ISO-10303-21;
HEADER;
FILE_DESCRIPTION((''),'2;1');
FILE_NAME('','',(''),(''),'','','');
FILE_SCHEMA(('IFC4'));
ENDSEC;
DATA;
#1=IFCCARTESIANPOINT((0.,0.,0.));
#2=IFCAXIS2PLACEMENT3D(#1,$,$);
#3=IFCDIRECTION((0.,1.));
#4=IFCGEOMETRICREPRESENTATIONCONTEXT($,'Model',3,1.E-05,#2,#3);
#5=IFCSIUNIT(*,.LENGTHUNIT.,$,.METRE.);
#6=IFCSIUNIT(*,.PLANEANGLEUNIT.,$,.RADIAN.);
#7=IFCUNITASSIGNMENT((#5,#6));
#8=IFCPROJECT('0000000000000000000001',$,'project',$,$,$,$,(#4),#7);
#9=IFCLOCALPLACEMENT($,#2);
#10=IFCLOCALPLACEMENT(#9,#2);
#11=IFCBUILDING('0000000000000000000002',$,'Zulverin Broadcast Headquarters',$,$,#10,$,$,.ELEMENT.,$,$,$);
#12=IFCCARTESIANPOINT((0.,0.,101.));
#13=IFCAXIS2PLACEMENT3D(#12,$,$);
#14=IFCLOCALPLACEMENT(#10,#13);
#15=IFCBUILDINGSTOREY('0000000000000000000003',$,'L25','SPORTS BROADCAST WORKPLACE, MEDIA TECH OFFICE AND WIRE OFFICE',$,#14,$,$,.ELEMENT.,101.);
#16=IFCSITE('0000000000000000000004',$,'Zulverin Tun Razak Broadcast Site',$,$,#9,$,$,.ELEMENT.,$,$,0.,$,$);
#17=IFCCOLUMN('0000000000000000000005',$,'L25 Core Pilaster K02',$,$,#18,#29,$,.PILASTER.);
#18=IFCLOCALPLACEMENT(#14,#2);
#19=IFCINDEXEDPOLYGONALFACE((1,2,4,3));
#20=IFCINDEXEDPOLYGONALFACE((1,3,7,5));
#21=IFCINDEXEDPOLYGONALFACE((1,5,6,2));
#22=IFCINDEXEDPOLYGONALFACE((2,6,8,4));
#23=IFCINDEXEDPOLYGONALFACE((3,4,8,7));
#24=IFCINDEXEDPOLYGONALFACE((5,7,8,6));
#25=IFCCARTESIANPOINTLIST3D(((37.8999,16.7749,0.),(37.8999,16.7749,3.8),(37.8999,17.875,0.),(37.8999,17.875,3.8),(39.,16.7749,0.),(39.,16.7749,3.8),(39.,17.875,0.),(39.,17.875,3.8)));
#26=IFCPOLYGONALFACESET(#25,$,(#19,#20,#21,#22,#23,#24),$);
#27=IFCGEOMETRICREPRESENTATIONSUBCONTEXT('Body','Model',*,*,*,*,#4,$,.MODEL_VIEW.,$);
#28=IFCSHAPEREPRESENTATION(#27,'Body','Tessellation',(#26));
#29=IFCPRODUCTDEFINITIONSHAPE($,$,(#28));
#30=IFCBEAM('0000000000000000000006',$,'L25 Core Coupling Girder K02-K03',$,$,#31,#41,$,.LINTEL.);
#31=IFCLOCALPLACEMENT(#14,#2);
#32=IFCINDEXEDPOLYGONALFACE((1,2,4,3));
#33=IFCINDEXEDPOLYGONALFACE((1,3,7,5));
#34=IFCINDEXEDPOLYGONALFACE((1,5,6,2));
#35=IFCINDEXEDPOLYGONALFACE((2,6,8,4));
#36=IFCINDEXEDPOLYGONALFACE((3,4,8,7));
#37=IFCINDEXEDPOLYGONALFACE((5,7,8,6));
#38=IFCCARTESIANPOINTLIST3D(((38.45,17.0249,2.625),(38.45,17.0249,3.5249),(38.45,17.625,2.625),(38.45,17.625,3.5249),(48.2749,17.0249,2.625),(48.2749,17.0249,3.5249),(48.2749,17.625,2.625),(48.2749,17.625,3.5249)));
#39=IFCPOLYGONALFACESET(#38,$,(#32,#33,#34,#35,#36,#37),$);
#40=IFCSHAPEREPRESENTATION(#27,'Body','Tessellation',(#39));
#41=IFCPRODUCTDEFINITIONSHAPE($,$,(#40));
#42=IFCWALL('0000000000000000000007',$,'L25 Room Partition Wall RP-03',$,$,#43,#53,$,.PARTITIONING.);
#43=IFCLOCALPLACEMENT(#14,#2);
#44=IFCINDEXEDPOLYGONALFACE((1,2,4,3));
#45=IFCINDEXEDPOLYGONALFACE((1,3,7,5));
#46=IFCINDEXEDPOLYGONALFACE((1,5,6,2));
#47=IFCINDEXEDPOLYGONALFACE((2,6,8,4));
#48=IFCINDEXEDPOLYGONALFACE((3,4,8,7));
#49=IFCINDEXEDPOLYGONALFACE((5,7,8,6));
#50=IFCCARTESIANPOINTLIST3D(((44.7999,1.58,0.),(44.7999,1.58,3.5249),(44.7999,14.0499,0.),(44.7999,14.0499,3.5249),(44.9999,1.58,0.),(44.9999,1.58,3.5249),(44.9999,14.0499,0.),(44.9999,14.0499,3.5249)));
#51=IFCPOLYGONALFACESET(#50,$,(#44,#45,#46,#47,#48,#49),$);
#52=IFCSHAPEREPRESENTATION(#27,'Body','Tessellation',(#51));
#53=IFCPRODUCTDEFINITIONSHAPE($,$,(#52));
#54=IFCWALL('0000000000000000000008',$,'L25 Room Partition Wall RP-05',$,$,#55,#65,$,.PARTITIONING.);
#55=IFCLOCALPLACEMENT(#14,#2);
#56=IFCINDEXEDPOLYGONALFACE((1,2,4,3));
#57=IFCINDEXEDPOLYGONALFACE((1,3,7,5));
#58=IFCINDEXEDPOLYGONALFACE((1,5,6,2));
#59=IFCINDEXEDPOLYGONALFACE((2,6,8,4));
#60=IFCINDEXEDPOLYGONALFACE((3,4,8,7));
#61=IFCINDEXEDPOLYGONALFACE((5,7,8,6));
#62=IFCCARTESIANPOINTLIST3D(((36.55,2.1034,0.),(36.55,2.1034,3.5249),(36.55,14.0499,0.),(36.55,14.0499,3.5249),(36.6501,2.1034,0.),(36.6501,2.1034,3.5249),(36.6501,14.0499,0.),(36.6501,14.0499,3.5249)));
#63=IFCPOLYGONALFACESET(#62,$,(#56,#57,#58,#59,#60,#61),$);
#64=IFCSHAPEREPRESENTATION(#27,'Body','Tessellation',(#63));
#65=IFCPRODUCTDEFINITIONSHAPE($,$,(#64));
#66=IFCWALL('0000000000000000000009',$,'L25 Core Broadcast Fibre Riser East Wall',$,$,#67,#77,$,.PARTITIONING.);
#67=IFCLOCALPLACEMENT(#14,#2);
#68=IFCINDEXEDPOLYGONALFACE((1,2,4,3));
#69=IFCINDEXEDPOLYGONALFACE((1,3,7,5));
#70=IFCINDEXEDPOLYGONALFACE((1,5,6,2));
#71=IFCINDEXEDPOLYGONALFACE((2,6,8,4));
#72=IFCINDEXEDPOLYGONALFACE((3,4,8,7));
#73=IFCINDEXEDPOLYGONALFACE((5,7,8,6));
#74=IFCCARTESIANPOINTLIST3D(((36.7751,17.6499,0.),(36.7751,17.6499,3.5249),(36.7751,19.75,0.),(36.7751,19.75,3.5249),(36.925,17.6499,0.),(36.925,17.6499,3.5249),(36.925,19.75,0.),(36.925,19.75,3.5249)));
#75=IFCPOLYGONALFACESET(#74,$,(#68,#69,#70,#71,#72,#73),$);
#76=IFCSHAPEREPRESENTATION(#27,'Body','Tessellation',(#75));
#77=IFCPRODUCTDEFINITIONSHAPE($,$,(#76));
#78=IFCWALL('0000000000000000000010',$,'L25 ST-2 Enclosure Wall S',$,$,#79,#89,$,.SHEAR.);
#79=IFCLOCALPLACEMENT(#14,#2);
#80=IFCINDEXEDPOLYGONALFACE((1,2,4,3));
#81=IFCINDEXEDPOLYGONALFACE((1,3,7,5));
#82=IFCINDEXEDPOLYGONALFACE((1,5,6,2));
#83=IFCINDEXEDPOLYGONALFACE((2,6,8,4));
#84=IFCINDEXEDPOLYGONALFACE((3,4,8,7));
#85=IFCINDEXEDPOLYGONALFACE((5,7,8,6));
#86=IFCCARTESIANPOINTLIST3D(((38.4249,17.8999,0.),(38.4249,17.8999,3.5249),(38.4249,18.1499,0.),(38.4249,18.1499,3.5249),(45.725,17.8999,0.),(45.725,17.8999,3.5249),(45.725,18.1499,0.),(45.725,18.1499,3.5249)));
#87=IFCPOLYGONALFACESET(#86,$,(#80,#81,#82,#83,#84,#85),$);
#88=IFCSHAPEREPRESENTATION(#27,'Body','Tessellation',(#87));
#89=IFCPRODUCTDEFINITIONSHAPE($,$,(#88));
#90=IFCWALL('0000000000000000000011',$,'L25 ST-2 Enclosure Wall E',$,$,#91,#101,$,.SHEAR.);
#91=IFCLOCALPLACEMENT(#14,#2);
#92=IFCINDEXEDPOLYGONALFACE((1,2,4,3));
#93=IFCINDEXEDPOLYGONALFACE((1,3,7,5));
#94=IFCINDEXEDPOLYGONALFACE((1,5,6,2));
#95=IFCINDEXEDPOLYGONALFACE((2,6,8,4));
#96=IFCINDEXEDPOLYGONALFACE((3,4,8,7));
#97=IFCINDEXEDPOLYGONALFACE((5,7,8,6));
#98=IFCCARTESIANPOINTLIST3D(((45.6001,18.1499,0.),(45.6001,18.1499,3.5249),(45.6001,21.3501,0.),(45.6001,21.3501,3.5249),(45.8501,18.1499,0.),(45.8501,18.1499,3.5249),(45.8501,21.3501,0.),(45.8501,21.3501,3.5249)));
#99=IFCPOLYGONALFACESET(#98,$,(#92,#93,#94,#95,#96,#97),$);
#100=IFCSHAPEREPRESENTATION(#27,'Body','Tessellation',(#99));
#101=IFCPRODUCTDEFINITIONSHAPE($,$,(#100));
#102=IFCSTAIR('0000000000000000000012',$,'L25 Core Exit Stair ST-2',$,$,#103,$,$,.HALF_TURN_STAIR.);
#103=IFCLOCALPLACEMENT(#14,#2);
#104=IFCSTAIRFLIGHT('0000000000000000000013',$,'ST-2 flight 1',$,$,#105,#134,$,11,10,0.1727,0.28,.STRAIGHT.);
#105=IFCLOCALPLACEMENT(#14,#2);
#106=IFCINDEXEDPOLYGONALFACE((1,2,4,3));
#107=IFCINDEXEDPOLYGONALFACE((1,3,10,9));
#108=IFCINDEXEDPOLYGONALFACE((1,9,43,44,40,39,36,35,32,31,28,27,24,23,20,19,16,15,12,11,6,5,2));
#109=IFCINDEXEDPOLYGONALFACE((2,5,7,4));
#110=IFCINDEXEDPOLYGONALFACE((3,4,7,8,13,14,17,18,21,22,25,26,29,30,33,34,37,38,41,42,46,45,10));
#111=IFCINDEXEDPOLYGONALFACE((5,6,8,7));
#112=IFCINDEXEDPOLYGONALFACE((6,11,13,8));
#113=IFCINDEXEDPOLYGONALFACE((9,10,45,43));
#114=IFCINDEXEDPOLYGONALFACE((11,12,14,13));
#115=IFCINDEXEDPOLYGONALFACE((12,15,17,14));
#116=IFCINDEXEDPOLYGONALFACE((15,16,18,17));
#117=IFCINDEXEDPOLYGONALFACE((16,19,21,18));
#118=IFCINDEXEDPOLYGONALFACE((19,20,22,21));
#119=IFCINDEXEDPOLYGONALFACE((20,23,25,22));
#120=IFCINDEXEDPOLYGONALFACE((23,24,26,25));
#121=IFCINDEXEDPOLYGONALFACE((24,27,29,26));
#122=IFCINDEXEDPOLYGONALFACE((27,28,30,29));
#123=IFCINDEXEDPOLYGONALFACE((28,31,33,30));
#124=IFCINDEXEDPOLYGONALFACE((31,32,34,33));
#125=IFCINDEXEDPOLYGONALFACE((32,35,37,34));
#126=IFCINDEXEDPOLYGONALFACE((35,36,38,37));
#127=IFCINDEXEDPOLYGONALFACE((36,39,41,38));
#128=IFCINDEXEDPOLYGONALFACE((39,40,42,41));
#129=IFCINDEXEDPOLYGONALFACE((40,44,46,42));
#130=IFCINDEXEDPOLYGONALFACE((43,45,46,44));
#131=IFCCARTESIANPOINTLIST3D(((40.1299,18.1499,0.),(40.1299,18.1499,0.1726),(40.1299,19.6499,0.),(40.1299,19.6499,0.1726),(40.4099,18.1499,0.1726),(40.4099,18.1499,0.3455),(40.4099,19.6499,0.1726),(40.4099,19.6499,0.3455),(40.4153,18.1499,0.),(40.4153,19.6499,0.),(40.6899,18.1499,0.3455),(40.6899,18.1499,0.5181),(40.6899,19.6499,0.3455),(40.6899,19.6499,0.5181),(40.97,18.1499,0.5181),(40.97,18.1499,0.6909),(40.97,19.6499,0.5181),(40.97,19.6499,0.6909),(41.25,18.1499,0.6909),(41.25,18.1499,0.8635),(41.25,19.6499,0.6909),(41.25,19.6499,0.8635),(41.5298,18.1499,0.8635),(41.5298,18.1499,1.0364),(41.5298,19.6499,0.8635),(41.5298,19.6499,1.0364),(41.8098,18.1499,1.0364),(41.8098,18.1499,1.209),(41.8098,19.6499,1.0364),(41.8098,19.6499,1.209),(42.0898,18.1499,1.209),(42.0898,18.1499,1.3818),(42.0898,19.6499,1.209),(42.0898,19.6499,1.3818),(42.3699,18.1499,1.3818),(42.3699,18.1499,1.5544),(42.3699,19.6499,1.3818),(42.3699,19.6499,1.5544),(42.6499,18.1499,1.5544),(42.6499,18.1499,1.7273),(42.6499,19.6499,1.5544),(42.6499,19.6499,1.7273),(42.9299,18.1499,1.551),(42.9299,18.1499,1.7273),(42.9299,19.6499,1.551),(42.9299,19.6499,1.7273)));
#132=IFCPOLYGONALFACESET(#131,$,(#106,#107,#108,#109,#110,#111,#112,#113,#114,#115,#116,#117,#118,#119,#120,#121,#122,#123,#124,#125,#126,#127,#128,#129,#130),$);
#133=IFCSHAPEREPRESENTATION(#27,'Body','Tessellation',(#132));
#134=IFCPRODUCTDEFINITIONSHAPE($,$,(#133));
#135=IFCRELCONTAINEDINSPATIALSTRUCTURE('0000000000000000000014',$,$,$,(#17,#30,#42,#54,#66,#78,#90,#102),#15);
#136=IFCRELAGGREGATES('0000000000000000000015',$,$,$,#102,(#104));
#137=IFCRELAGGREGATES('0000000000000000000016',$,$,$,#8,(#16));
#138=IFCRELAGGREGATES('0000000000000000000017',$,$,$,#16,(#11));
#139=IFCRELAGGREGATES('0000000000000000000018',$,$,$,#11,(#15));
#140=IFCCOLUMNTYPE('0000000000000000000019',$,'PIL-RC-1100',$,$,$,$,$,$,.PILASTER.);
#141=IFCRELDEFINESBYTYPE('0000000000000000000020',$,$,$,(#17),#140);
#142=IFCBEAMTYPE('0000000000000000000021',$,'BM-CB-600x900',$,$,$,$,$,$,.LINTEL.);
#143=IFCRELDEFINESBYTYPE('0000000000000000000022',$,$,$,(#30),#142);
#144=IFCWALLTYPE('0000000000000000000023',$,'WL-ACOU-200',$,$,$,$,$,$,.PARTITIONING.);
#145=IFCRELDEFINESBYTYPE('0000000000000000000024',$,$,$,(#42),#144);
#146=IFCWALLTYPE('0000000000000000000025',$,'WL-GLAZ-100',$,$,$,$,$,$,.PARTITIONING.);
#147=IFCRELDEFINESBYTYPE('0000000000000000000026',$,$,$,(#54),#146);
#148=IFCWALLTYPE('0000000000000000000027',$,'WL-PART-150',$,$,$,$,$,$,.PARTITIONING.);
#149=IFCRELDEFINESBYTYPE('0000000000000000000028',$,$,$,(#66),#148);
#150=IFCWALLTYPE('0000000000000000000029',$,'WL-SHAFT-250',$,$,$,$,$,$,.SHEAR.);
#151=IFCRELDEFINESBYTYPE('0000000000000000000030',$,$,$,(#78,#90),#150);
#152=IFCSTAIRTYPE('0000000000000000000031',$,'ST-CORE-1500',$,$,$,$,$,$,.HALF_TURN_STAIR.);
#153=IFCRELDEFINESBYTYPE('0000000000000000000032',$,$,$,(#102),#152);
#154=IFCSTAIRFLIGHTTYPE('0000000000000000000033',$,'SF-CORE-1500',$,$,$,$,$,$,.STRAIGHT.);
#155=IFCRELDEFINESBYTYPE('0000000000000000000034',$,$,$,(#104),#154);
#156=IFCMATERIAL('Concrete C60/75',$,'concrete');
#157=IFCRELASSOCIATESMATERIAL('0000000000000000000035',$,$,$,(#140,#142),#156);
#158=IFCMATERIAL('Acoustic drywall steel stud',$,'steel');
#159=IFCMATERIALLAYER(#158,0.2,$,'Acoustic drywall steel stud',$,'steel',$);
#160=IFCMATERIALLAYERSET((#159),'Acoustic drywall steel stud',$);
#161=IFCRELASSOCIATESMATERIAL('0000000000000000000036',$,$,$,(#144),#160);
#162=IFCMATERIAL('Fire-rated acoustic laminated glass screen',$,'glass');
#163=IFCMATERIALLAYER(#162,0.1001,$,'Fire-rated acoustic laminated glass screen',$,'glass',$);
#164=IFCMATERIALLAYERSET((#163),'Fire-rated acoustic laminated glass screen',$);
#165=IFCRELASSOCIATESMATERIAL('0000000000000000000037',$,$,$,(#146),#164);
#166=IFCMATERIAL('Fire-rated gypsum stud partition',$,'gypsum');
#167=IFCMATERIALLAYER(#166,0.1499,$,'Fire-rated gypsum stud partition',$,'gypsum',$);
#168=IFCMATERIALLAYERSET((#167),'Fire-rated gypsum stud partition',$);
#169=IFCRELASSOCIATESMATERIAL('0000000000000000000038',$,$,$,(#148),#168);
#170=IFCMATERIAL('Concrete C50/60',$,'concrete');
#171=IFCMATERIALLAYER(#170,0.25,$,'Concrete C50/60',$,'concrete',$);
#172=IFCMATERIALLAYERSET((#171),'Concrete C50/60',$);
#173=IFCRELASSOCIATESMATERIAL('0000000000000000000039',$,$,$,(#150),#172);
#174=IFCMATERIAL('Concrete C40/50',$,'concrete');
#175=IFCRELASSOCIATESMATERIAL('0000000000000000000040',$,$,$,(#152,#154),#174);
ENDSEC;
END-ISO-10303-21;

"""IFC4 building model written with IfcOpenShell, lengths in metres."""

from ifc_helpers import new_model, si_unit, direction, frame, frame_2d, origin, origin_2d, place, context, subcontext, project, spatial, polyline, rectangle, outline, extrude, material, layer, layer_set, material_profile, profile_set, type_object, element, aggregate, save


model = new_model("IFC4")

# Units and contexts
model_context = context("Model", 3, precision=1e-05, world=origin(), true_north=direction((0.0, 1.0)))
body_context = subcontext(model_context, "Body", "Model", "MODEL_VIEW")
ifc_project = project(units=[si_unit("LENGTHUNIT", "METRE"), si_unit("PLANEANGLEUNIT", "RADIAN")], contexts=[model_context])

# Site, building, storey
site_placement = place(None, origin())
site = spatial("IfcSite", under=ifc_project, at=site_placement, Name="Zulverin Tun Razak Broadcast Site", CompositionType="ELEMENT", RefElevation=0.0)
building_placement = place(site_placement, origin())
building = spatial("IfcBuilding", under=site, at=building_placement, Name="Zulverin Broadcast Headquarters", CompositionType="ELEMENT")
storey_placement = place(building_placement, frame((0.0, 0.0, 101.0)))
storey = spatial("IfcBuildingStorey", under=building, at=storey_placement, Name="L25", Description="SPORTS BROADCAST WORKPLACE, MEDIA TECH OFFICE AND WIRE OFFICE", CompositionType="ELEMENT", Elevation=101.0)

# Column
ifc_material_1 = material(Name="Concrete C60/75", Category="concrete")
ifc_material_profile_1 = material_profile(ifc_material_1, rectangle(XDim=1.1001, YDim=1.1001, at=origin_2d()), Name="Concrete C60/75", Category="concrete")
ifc_profile_set_1 = profile_set([ifc_material_profile_1], Name="Concrete C60/75")
column_type = type_object("IfcColumnType", Name="PIL-RC-1100", PredefinedType="PILASTER", material=ifc_profile_set_1)
column_placement = place(storey_placement, frame((38.45, 17.325, 0.0), z_axis=(0.0, 0.0, 1.0), x_axis=(1.0, 0.0, 0.0)))
element("IfcColumn", 1, at=column_placement, inside=storey, type_object=column_type, Name="L25 Core Pilaster K02", PredefinedType="PILASTER", context=body_context, shape_type="SweptSolid", body=[
    extrude(rectangle(XDim=1.1001, YDim=1.1001, at=origin_2d()), origin(), (0.0, 0.0, 1.0), 3.8),
])

# Beam
ifc_material_profile_2 = material_profile(ifc_material_1, rectangle(XDim=0.6001, YDim=0.8999, at=origin_2d()), Name="Concrete C60/75", Category="concrete")
ifc_profile_set_2 = profile_set([ifc_material_profile_2], Name="Concrete C60/75")
beam_type = type_object("IfcBeamType", Name="BM-CB-600x900", PredefinedType="LINTEL", material=ifc_profile_set_2)
beam_placement = place(storey_placement, frame((38.45, 17.325, 3.075), z_axis=(1.0, 0.0, 0.0), x_axis=(0.0, 1.0, 0.0)))
element("IfcBeam", 2, at=beam_placement, inside=storey, type_object=beam_type, Name="L25 Core Coupling Girder K02-K03", PredefinedType="LINTEL", context=body_context, shape_type="SweptSolid", body=[
    extrude(rectangle(XDim=0.6001, YDim=0.8999, at=origin_2d()), origin(), (0.0, 0.0, 1.0), 9.825),
])

# Walls
ifc_material_2 = material(Name="Acoustic drywall steel stud", Category="steel")
ifc_layer_1 = layer(ifc_material_2, 0.2, Name="Acoustic drywall steel stud", Category="steel")
ifc_layer_set_1 = layer_set([ifc_layer_1], Name="Acoustic drywall steel stud")
wall_type_1 = type_object("IfcWallType", Name="WL-ACOU-200", PredefinedType="PARTITIONING", material=ifc_layer_set_1)
wall_1_placement = place(storey_placement, frame((44.8999, 1.5801, 0.0), z_axis=(0.0, 0.0, 1.0), x_axis=(0.0, 1.0, 0.0)))
element("IfcWall", 3, at=wall_1_placement, inside=storey, type_object=wall_type_1, Name="L25 Room Partition Wall RP-03", PredefinedType="PARTITIONING", context=body_context, shape_type="SweptSolid", body=[
    extrude(rectangle(XDim=12.47, YDim=0.2, at=frame_2d((6.2349, 0.0))), origin(), (0.0, 0.0, 1.0), 3.5249),
])
ifc_material_3 = material(Name="Fire-rated acoustic laminated glass screen", Category="glass")
ifc_layer_2 = layer(ifc_material_3, 0.1001, Name="Fire-rated acoustic laminated glass screen", Category="glass")
ifc_layer_set_2 = layer_set([ifc_layer_2], Name="Fire-rated acoustic laminated glass screen")
wall_type_2 = type_object("IfcWallType", Name="WL-GLAZ-100", PredefinedType="PARTITIONING", material=ifc_layer_set_2)
wall_2_placement = place(storey_placement, frame((36.6001, 2.1035, 0.0), z_axis=(0.0, 0.0, 1.0), x_axis=(0.0, 1.0, 0.0)))
element("IfcWall", 4, at=wall_2_placement, inside=storey, type_object=wall_type_2, Name="L25 Room Partition Wall RP-05", PredefinedType="PARTITIONING", context=body_context, shape_type="SweptSolid", body=[
    extrude(rectangle(XDim=11.9465, YDim=0.1001, at=frame_2d((5.9731, 0.0))), origin(), (0.0, 0.0, 1.0), 3.5249),
])
ifc_material_4 = material(Name="Fire-rated gypsum stud partition", Category="gypsum")
ifc_layer_3 = layer(ifc_material_4, 0.1499, Name="Fire-rated gypsum stud partition", Category="gypsum")
ifc_layer_set_3 = layer_set([ifc_layer_3], Name="Fire-rated gypsum stud partition")
wall_type_3 = type_object("IfcWallType", Name="WL-PART-150", PredefinedType="PARTITIONING", material=ifc_layer_set_3)
wall_3_placement = place(storey_placement, frame((36.8501, 17.6499, 0.0), z_axis=(0.0, 0.0, 1.0), x_axis=(0.0, 1.0, 0.0)))
element("IfcWall", 5, at=wall_3_placement, inside=storey, type_object=wall_type_3, Name="L25 Core Broadcast Fibre Riser East Wall", PredefinedType="PARTITIONING", context=body_context, shape_type="SweptSolid", body=[
    extrude(rectangle(XDim=2.1001, YDim=0.1499, at=frame_2d((1.05, 0.0))), origin(), (0.0, 0.0, 1.0), 3.5249),
])
ifc_material_5 = material(Name="Concrete C50/60", Category="concrete")
ifc_layer_4 = layer(ifc_material_5, 0.25, Name="Concrete C50/60", Category="concrete")
ifc_layer_set_4 = layer_set([ifc_layer_4], Name="Concrete C50/60")
wall_type_4 = type_object("IfcWallType", Name="WL-SHAFT-250", PredefinedType="SHEAR", material=ifc_layer_set_4)
wall_4_placement = place(storey_placement, frame((38.425, 18.0249, 0.0), z_axis=(0.0, 0.0, 1.0), x_axis=(1.0, 0.0, 0.0)))
element("IfcWall", 6, at=wall_4_placement, inside=storey, type_object=wall_type_4, Name="L25 ST-2 Enclosure Wall S", PredefinedType="SHEAR", context=body_context, shape_type="SweptSolid", body=[
    extrude(rectangle(XDim=7.3, YDim=0.25, at=frame_2d((3.6499, 0.0))), origin(), (0.0, 0.0, 1.0), 3.5249),
])

# Wall
wall_5_placement = place(storey_placement, frame((45.7251, 18.1499, 0.0), z_axis=(0.0, 0.0, 1.0), x_axis=(0.0, 1.0, 0.0)))
element("IfcWall", 7, at=wall_5_placement, inside=storey, type_object=wall_type_4, Name="L25 ST-2 Enclosure Wall E", PredefinedType="SHEAR", context=body_context, shape_type="SweptSolid", body=[
    extrude(rectangle(XDim=3.2002, YDim=0.25, at=frame_2d((1.6001, 0.0))), origin(), (0.0, 0.0, 1.0), 3.5249),
])

# Stair, stair flight
ifc_material_6 = material(Name="Concrete C40/50", Category="concrete")
stair_type = type_object("IfcStairType", Name="ST-CORE-1500", PredefinedType="HALF_TURN_STAIR", material=ifc_material_6)
stair_placement = place(storey_placement, origin())
stair = element("IfcStair", 8, at=stair_placement, inside=storey, type_object=stair_type, Name="L25 Core Exit Stair ST-2", PredefinedType="HALF_TURN_STAIR")
stair_flight_type = type_object("IfcStairFlightType", Name="SF-CORE-1500", PredefinedType="STRAIGHT", material=ifc_material_6)
stair_flight_placement = place(storey_placement, frame((40.1299, 18.8999, 0.0), z_axis=(0.0, 0.0, 1.0), x_axis=(1.0, 0.0, 0.0)))
stair_flight = element("IfcStairFlight", 9, at=stair_flight_placement, type_object=stair_flight_type, Name="ST-2 flight 1", NumberOfRisers=11, NumberOfTreads=10, PredefinedType="STRAIGHT", RiserHeight=0.1727, TreadLength=0.28, context=body_context, shape_type="SweptSolid", body=[
    extrude(outline(polyline([(0.0, 0.0), (0.0, 0.1726), (0.28, 0.1726), (0.28, 0.3455), (0.5601, 0.3455), (0.5601, 0.5181), (0.8401, 0.5181), (0.8401, 0.6909), (1.1201, 0.6909), (1.1201, 0.8635), (1.3999, 0.8635), (1.3999, 1.0364), (1.6799, 1.0364), (1.6799, 1.209), (1.96, 1.209), (1.96, 1.3818), (2.24, 1.3818), (2.24, 1.5544), (2.52, 1.5544), (2.52, 1.7273), (2.8, 1.7273), (2.8, 1.8999), (2.8, 1.551), (0.2854, 0.0), (0.0, 0.0)])), frame((0.0, 0.75, 0.0), z_axis=(0.0, -1.0, 0.0), x_axis=(1.0, 0.0, 0.0)), (0.0, 0.0, 1.0), 1.5),
])
aggregate(stair, [stair_flight])

save(model, "model.ifc")
